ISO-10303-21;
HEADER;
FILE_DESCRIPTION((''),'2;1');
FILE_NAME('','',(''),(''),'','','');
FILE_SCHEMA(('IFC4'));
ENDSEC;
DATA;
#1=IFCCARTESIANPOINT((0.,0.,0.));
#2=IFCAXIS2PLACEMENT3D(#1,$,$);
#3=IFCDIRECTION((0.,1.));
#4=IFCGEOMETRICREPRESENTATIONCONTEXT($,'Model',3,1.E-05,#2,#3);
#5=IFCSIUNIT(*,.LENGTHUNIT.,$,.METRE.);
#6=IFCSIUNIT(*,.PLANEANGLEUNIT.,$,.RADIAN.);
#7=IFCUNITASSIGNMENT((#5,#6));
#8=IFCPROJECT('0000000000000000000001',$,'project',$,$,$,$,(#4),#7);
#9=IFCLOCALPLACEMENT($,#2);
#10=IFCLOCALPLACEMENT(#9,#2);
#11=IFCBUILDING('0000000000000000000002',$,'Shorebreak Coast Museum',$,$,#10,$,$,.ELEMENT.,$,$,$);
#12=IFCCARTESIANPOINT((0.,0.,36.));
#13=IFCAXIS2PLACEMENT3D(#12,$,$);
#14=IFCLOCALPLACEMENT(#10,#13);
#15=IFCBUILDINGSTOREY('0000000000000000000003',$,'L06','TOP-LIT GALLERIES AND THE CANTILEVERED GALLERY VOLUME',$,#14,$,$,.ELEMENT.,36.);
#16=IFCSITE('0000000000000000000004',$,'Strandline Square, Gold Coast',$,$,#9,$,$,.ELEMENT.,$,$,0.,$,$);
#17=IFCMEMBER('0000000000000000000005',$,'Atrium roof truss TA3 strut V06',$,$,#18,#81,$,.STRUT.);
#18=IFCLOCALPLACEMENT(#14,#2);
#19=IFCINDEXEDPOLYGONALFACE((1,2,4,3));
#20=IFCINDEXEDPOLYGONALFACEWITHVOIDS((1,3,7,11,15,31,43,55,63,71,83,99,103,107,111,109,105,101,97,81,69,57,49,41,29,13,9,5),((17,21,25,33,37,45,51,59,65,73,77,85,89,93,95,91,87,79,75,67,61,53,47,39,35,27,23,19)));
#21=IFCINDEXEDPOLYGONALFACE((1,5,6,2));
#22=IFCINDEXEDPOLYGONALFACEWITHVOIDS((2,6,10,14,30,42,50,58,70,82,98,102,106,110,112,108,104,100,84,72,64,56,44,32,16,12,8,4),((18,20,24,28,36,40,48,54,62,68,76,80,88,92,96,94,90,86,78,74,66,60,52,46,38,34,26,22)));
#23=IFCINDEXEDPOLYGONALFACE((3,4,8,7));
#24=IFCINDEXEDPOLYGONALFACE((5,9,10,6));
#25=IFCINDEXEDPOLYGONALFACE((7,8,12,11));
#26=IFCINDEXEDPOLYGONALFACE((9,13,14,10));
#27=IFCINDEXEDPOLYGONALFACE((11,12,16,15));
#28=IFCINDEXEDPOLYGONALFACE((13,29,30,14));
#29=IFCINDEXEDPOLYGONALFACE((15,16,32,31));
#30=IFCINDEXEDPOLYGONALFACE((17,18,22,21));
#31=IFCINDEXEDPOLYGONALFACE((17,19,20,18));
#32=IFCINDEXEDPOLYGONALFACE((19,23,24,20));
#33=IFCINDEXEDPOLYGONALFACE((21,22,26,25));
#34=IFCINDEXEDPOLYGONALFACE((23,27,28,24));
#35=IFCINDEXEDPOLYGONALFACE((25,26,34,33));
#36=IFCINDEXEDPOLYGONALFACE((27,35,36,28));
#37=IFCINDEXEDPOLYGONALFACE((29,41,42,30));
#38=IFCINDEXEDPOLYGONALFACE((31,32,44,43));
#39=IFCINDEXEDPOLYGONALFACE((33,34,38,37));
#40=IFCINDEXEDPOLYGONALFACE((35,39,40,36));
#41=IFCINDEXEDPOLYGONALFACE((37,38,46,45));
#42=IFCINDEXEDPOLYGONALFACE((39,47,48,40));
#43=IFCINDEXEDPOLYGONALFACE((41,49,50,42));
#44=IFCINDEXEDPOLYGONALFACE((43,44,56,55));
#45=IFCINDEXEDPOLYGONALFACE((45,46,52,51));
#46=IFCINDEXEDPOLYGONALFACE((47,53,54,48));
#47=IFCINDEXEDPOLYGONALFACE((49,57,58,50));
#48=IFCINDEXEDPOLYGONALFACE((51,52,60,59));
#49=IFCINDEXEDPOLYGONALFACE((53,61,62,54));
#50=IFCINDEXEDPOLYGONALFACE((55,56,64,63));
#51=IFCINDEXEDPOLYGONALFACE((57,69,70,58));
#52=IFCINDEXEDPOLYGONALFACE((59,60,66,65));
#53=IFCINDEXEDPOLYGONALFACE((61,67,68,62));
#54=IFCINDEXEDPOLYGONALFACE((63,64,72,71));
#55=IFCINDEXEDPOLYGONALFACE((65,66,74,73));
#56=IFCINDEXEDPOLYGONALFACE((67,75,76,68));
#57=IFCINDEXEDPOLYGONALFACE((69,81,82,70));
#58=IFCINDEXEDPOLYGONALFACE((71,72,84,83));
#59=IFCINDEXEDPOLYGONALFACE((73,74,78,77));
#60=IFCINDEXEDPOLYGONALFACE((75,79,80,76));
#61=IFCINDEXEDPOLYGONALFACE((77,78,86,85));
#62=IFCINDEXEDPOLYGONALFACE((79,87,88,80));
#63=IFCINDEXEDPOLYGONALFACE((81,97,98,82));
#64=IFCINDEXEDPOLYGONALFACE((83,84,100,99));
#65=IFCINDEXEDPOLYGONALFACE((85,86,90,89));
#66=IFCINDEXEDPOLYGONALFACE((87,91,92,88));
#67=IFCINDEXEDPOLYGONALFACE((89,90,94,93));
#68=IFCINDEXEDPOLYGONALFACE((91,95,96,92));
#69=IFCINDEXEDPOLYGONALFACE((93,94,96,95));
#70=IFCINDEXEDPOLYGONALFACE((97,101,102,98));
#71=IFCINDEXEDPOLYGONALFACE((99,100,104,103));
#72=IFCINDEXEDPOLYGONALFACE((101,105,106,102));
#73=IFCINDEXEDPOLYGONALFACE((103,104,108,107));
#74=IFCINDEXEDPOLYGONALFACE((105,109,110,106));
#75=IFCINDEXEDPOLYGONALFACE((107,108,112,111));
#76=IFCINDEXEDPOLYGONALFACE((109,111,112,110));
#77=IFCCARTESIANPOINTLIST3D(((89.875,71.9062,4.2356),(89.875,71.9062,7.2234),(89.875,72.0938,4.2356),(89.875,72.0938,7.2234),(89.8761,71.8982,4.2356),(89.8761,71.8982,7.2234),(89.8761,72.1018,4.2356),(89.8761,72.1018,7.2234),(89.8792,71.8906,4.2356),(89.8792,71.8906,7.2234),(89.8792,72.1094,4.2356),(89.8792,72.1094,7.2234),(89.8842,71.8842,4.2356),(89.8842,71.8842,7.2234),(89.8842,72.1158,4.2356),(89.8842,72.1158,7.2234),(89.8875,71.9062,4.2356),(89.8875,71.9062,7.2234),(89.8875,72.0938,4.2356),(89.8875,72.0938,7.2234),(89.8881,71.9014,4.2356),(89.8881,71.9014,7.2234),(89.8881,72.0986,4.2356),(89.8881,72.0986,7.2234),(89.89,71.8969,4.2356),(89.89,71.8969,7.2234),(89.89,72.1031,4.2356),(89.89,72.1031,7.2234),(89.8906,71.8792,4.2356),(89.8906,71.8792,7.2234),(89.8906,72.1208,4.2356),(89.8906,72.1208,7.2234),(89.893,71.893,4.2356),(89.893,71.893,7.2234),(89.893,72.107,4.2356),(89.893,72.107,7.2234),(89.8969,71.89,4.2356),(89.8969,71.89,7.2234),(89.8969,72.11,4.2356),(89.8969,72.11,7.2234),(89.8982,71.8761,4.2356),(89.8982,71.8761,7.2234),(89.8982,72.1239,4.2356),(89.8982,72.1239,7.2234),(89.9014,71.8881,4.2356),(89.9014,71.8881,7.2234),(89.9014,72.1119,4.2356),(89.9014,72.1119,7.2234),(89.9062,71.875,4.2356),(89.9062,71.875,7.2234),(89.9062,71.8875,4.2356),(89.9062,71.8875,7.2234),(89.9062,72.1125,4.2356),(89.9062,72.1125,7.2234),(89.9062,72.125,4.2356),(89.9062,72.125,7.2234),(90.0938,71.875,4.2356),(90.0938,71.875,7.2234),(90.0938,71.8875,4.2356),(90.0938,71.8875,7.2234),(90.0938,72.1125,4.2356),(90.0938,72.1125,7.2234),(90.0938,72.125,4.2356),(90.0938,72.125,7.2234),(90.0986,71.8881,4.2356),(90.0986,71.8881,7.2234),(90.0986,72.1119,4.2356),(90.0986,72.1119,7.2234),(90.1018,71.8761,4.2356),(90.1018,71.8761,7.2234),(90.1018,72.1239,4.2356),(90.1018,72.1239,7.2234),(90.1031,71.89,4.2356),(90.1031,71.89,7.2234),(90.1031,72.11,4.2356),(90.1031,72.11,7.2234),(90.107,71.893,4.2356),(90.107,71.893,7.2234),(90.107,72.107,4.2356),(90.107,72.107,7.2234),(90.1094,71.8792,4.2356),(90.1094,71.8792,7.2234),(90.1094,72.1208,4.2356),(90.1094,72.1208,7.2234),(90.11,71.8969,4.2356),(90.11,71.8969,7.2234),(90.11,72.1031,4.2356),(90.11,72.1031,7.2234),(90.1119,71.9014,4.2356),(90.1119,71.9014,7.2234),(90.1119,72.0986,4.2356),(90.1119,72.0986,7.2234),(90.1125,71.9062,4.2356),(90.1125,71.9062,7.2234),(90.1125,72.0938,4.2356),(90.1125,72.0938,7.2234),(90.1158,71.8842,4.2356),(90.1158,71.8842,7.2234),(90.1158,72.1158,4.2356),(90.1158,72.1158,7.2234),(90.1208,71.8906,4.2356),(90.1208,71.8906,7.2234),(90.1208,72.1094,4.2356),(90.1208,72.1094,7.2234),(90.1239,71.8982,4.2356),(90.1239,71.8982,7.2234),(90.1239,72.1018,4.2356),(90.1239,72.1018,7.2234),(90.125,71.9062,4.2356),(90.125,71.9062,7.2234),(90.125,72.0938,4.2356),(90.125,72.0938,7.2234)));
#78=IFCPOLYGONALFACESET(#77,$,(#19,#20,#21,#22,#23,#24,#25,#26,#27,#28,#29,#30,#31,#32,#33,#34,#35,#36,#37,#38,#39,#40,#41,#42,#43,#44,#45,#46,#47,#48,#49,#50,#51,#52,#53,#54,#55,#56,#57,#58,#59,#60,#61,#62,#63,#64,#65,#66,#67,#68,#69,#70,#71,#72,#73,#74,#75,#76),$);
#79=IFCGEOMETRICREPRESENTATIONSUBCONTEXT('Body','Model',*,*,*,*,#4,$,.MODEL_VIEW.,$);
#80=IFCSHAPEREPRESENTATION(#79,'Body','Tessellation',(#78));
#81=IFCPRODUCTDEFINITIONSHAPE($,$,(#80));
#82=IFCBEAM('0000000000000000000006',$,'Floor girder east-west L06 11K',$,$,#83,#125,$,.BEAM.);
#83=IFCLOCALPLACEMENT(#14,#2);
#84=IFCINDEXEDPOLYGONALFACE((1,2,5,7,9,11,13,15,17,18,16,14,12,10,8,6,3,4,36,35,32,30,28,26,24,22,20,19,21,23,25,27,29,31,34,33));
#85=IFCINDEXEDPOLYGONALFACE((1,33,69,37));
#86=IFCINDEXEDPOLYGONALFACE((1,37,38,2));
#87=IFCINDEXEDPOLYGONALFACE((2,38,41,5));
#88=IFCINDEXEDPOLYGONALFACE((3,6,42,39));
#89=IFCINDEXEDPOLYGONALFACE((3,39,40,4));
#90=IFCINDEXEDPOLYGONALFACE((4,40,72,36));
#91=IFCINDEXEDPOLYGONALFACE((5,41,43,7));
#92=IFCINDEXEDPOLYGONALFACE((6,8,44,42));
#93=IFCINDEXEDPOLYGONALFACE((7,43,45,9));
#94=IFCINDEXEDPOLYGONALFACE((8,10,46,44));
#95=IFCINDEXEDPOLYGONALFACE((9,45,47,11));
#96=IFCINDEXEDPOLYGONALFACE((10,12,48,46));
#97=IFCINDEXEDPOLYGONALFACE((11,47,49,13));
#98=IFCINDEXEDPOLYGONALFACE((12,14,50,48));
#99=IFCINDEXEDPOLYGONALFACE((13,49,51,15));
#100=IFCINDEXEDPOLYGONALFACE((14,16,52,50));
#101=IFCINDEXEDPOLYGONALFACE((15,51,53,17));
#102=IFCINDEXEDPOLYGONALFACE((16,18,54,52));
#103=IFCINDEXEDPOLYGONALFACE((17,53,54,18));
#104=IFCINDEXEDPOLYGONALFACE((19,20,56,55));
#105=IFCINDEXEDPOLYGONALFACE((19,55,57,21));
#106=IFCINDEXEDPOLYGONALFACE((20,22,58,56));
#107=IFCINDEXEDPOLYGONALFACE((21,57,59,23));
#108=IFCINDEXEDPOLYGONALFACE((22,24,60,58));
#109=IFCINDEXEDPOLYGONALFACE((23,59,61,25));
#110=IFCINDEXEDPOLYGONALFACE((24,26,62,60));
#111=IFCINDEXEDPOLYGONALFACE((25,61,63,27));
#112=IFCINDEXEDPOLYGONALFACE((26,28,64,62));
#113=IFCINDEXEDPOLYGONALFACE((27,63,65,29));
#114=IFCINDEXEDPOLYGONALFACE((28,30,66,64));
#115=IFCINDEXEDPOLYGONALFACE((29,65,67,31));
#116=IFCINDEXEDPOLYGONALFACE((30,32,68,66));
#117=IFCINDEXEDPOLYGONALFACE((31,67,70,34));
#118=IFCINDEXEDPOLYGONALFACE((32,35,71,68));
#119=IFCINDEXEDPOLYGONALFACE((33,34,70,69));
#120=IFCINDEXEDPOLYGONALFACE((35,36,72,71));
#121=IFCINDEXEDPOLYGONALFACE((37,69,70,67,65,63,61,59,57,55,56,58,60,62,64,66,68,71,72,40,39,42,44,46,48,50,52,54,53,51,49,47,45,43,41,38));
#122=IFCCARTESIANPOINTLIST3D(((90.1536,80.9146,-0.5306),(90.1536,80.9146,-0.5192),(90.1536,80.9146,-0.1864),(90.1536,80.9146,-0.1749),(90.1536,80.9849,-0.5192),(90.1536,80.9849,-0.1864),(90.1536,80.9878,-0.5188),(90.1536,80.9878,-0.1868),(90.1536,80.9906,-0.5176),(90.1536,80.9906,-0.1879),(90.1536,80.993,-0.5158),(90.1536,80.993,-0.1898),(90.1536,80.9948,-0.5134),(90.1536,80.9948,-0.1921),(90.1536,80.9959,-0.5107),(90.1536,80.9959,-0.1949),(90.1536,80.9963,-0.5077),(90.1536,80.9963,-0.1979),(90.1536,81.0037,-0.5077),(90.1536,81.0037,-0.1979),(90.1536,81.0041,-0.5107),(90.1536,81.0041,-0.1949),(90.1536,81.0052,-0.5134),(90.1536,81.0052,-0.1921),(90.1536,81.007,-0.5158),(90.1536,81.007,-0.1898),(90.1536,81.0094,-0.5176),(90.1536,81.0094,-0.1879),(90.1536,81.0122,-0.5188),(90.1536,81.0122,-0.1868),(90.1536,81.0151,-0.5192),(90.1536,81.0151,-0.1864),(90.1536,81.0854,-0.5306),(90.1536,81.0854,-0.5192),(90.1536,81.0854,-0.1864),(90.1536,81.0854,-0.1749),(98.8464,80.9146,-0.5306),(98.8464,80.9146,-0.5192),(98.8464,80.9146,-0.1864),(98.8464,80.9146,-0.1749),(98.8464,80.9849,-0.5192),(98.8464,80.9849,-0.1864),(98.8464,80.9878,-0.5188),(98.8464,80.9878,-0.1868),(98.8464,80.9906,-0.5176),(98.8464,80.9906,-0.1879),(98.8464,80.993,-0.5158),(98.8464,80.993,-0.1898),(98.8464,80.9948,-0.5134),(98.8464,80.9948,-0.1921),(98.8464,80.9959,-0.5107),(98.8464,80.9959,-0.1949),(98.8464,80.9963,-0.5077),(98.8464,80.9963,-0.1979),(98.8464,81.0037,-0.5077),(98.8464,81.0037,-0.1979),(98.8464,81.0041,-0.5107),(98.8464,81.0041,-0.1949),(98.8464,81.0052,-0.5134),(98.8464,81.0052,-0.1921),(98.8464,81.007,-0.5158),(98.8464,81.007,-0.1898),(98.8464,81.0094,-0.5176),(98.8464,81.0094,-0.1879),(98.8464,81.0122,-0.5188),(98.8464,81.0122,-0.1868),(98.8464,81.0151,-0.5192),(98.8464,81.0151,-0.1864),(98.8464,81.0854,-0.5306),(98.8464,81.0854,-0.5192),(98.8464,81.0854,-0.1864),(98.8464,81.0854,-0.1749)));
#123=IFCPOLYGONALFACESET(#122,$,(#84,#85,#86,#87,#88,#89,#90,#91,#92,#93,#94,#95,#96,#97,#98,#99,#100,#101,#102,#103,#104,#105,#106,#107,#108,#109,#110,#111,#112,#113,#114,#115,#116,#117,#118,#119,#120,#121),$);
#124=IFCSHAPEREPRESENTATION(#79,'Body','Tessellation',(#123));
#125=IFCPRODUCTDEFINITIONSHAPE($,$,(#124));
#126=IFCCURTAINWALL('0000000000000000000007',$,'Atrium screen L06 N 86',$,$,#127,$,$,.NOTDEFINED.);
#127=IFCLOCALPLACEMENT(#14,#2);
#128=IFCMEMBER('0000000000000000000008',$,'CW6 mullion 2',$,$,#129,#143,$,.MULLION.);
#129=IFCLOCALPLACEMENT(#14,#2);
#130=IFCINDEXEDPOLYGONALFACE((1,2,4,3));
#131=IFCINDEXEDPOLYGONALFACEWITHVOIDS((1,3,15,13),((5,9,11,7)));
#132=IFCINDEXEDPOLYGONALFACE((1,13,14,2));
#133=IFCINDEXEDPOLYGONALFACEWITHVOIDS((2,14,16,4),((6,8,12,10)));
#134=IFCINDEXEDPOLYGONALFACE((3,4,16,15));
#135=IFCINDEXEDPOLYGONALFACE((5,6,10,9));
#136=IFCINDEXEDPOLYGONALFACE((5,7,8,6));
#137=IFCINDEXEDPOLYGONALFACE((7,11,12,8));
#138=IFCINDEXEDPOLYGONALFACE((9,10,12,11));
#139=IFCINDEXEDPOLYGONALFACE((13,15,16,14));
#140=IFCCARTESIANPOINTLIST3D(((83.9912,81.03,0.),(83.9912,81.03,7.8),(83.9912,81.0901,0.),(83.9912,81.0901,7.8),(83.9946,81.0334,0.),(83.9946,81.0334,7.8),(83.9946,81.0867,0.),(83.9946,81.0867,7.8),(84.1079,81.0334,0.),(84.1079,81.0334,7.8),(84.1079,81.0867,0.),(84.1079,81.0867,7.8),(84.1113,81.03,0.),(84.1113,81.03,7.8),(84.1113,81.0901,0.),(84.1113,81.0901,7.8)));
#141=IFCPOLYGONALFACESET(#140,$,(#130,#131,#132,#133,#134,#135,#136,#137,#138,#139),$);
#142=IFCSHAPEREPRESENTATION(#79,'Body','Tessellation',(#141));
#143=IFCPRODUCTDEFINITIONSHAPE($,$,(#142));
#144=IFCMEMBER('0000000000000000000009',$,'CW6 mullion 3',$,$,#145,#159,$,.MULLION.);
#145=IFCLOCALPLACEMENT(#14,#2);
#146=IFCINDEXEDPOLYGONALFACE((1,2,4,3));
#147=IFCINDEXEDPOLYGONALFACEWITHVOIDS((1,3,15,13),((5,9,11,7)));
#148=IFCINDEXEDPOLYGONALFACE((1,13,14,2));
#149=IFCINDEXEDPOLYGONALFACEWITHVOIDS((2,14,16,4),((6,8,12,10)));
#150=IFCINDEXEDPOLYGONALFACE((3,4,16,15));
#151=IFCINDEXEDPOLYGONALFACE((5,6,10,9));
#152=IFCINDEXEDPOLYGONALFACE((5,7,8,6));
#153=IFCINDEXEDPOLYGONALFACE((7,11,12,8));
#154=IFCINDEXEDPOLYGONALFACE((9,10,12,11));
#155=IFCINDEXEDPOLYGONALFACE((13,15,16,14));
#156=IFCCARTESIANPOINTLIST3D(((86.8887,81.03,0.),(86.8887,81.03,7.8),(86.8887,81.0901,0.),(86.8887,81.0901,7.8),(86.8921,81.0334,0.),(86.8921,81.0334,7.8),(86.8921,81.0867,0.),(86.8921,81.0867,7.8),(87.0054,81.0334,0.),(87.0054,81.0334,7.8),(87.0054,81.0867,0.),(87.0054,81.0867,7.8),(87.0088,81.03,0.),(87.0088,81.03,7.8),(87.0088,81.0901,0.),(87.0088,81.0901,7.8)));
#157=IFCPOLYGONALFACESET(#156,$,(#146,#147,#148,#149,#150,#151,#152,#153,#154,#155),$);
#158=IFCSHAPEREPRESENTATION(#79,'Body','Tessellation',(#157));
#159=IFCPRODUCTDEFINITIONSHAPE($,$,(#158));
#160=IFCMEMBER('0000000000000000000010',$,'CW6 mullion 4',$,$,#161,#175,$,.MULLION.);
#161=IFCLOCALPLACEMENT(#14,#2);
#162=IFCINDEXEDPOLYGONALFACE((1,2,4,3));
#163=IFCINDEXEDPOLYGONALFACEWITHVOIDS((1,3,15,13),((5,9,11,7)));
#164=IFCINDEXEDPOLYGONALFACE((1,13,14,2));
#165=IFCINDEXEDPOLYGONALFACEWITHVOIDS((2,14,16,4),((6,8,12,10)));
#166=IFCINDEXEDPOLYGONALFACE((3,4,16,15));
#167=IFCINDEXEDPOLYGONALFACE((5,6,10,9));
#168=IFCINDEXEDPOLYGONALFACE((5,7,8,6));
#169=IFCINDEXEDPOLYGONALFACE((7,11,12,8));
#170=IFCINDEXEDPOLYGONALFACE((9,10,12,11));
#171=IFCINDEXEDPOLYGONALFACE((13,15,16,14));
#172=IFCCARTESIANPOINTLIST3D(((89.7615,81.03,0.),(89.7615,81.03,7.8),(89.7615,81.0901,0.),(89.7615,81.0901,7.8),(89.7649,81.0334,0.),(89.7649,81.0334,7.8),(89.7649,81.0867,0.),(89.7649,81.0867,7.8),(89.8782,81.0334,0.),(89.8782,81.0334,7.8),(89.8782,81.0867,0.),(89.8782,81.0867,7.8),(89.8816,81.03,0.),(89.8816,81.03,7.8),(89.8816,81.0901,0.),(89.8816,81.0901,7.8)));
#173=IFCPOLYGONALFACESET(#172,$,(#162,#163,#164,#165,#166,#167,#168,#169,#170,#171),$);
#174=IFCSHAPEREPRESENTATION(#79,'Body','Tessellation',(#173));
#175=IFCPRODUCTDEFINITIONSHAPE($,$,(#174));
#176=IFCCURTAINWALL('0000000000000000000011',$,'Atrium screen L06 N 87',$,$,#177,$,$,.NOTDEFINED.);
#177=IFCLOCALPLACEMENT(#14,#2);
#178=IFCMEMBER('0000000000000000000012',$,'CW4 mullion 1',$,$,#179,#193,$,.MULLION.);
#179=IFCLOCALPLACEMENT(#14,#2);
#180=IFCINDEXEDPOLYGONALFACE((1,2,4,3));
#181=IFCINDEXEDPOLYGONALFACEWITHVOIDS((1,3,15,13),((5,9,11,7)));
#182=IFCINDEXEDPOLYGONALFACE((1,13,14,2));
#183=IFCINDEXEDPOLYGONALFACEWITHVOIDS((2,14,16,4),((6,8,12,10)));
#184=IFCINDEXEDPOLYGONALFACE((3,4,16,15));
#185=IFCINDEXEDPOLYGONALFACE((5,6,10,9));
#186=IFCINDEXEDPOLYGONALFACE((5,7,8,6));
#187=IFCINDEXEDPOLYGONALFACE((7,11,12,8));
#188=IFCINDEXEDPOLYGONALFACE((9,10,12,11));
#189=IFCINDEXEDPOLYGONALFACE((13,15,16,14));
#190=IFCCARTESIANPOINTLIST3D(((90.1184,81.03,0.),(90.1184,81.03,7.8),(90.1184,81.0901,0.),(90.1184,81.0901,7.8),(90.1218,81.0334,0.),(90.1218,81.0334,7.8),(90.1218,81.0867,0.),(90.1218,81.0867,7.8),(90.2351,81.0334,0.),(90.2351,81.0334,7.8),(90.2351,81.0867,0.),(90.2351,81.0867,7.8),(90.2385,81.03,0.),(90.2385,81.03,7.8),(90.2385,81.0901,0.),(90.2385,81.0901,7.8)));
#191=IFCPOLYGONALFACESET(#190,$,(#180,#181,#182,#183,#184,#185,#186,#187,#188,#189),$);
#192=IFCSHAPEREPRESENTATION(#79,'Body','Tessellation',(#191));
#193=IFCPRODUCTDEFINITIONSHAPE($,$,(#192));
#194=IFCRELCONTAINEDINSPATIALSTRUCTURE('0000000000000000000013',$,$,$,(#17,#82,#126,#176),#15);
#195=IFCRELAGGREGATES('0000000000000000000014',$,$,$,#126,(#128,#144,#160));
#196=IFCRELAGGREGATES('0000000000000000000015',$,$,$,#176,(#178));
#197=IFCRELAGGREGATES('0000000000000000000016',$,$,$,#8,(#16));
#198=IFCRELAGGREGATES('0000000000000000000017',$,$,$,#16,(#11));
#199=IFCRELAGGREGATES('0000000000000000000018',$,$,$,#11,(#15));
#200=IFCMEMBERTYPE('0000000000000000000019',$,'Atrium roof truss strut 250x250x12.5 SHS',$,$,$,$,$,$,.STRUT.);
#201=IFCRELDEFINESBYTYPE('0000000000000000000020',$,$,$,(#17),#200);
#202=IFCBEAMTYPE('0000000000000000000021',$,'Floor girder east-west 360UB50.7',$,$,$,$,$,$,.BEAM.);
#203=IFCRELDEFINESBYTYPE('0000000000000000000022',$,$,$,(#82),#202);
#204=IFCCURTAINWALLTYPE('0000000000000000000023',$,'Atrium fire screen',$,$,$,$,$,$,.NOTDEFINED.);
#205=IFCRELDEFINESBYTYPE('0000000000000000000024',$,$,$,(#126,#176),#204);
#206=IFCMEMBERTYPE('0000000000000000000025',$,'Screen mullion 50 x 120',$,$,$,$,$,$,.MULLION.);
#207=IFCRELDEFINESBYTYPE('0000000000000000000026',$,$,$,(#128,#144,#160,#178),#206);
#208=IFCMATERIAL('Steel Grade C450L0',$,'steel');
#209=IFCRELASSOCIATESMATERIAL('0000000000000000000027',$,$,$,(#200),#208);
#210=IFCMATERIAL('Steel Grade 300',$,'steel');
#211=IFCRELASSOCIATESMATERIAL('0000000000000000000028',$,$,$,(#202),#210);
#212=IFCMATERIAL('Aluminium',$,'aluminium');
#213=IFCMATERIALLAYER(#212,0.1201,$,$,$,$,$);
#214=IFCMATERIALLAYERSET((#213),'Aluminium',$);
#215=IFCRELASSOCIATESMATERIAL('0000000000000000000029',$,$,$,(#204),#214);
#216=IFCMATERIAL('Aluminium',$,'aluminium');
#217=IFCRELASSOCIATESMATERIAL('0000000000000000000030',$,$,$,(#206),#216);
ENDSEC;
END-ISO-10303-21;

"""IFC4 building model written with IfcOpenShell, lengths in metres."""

from ifc_helpers import new_model, si_unit, direction, frame, origin, origin_2d, place, context, subcontext, project, spatial, hollow_rectangle, i_section, extrude, material, layer, layer_set, material_profile, profile_set, type_object, element, aggregate, save


model = new_model("IFC4")

# Units and contexts
model_context = context("Model", 3, precision=1e-05, world=origin(), true_north=direction((0.0, 1.0)))
body_context = subcontext(model_context, "Body", "Model", "MODEL_VIEW")
ifc_project = project(units=[si_unit("LENGTHUNIT", "METRE"), si_unit("PLANEANGLEUNIT", "RADIAN")], contexts=[model_context])

# Site, building, storey
site_placement = place(None, origin())
site = spatial("IfcSite", under=ifc_project, at=site_placement, Name="Strandline Square, Gold Coast", CompositionType="ELEMENT", RefElevation=0.0)
building_placement = place(site_placement, origin())
building = spatial("IfcBuilding", under=site, at=building_placement, Name="Shorebreak Coast Museum", CompositionType="ELEMENT")
storey_placement = place(building_placement, frame((0.0, 0.0, 36.0)))
storey = spatial("IfcBuildingStorey", under=building, at=storey_placement, Name="L06", Description="TOP-LIT GALLERIES AND THE CANTILEVERED GALLERY VOLUME", CompositionType="ELEMENT", Elevation=36.0)

# Member
ifc_material_1 = material(Name="Steel Grade C450L0", Category="steel")
ifc_material_profile_1 = material_profile(ifc_material_1, hollow_rectangle(XDim=0.25, YDim=0.25, WallThickness=0.0125, InnerFilletRadius=0.0188, OuterFilletRadius=0.0312, at=origin_2d()), Name="250x250x12.5 SHS")
ifc_profile_set_1 = profile_set([ifc_material_profile_1], Name="Steel Grade C450L0")
member_type_1 = type_object("IfcMemberType", Name="Atrium roof truss strut 250x250x12.5 SHS", PredefinedType="STRUT", material=ifc_profile_set_1)
for number, where, z_axis, x_axis, name in (
    (1, (90.0, 72.0, 4.2356), (0.0, 0.0, 1.0), (1.0, 0.0, 0.0), "Atrium roof truss TA3 strut V06"),
):
    element("IfcMember", number, at=place(storey_placement, frame(where, z_axis=z_axis, x_axis=x_axis)), inside=storey, type_object=member_type_1, Name=name, PredefinedType="STRUT", context=body_context, shape_type="SweptSolid", body=[
        extrude(hollow_rectangle(XDim=0.25, YDim=0.25, WallThickness=0.0125, InnerFilletRadius=0.0188, OuterFilletRadius=0.0312, at=origin_2d()), origin(), (0.0, 0.0, 1.0), 2.9878),
    ])

# Beam
ifc_material_2 = material(Name="Steel Grade 300", Category="steel")
ifc_material_profile_2 = material_profile(ifc_material_2, i_section(OverallWidth=0.1709, OverallDepth=0.3557, WebThickness=0.0073, FlangeThickness=0.0115, FilletRadius=0.0115, at=origin_2d()), Name="360UB50.7")
ifc_profile_set_2 = profile_set([ifc_material_profile_2], Name="Steel Grade 300")
beam_type = type_object("IfcBeamType", Name="Floor girder east-west 360UB50.7", PredefinedType="BEAM", material=ifc_profile_set_2)
beam_placement = place(storey_placement, frame((90.1536, 81.0, -0.3528), z_axis=(1.0, 0.0, 0.0), x_axis=(0.0, 1.0, 0.0)))
element("IfcBeam", 2, at=beam_placement, inside=storey, type_object=beam_type, Name="Floor girder east-west L06 11K", PredefinedType="BEAM", context=body_context, shape_type="SweptSolid", body=[
    extrude(i_section(OverallWidth=0.1709, OverallDepth=0.3557, WebThickness=0.0073, FlangeThickness=0.0115, FilletRadius=0.0115, at=origin_2d()), origin(), (0.0, 0.0, 1.0), 8.6929),
])

# Curtain wall, members
ifc_material_3 = material(Name="Aluminium", Category="aluminium")
ifc_layer_1 = layer(ifc_material_3, 0.1201)
ifc_layer_set_1 = layer_set([ifc_layer_1], Name="Aluminium")
curtain_wall_type = type_object("IfcCurtainWallType", Name="Atrium fire screen", PredefinedType="NOTDEFINED", material=ifc_layer_set_1)
curtain_wall_1_placement = place(storey_placement, origin())
curtain_wall_1 = element("IfcCurtainWall", 3, at=curtain_wall_1_placement, inside=storey, type_object=curtain_wall_type, Name="Atrium screen L06 N 86", PredefinedType="NOTDEFINED")
ifc_material_4 = material(Name="Aluminium", Category="aluminium")
ifc_material_profile_3 = material_profile(ifc_material_4, hollow_rectangle(XDim=0.0601, YDim=0.1201, WallThickness=0.0034, at=origin_2d()), Name="AL 120x60 RHS")
ifc_profile_set_3 = profile_set([ifc_material_profile_3], Name="Aluminium")
member_type_2 = type_object("IfcMemberType", Name="Screen mullion 50 x 120", PredefinedType="MULLION", material=ifc_profile_set_3)
member_1_placement = place(storey_placement, frame((84.0513, 81.0601, 0.0), z_axis=(0.0, 0.0, 1.0), x_axis=(0.0, 1.0, 0.0)))
member_1 = element("IfcMember", 4, at=member_1_placement, type_object=member_type_2, Name="CW6 mullion 2", PredefinedType="MULLION", context=body_context, shape_type="SweptSolid", body=[
    extrude(hollow_rectangle(XDim=0.0601, YDim=0.1201, WallThickness=0.0034, at=origin_2d()), origin(), (0.0, 0.0, 1.0), 7.8),
])
member_2_placement = place(storey_placement, frame((86.9487, 81.0601, 0.0), z_axis=(0.0, 0.0, 1.0), x_axis=(0.0, 1.0, 0.0)))
member_2 = element("IfcMember", 5, at=member_2_placement, type_object=member_type_2, Name="CW6 mullion 3", PredefinedType="MULLION", context=body_context, shape_type="SweptSolid", body=[
    extrude(hollow_rectangle(XDim=0.0601, YDim=0.1201, WallThickness=0.0034, at=origin_2d()), origin(), (0.0, 0.0, 1.0), 7.8),
])
member_3_placement = place(storey_placement, frame((89.8215, 81.0601, 0.0), z_axis=(0.0, 0.0, 1.0), x_axis=(0.0, 1.0, 0.0)))
member_3 = element("IfcMember", 6, at=member_3_placement, type_object=member_type_2, Name="CW6 mullion 4", PredefinedType="MULLION", context=body_context, shape_type="SweptSolid", body=[
    extrude(hollow_rectangle(XDim=0.0601, YDim=0.1201, WallThickness=0.0034, at=origin_2d()), origin(), (0.0, 0.0, 1.0), 7.8),
])

# Curtain wall, member
curtain_wall_2_placement = place(storey_placement, origin())
curtain_wall_2 = element("IfcCurtainWall", 7, at=curtain_wall_2_placement, inside=storey, type_object=curtain_wall_type, Name="Atrium screen L06 N 87", PredefinedType="NOTDEFINED")
member_4_placement = place(storey_placement, frame((90.1785, 81.0601, 0.0), z_axis=(0.0, 0.0, 1.0), x_axis=(0.0, 1.0, 0.0)))
member_4 = element("IfcMember", 8, at=member_4_placement, type_object=member_type_2, Name="CW4 mullion 1", PredefinedType="MULLION", context=body_context, shape_type="SweptSolid", body=[
    extrude(hollow_rectangle(XDim=0.0601, YDim=0.1201, WallThickness=0.0034, at=origin_2d()), origin(), (0.0, 0.0, 1.0), 7.8),
])

aggregate(curtain_wall_1, [member_1, member_2, member_3])
aggregate(curtain_wall_2, [member_4])

save(model, "model.ifc")
